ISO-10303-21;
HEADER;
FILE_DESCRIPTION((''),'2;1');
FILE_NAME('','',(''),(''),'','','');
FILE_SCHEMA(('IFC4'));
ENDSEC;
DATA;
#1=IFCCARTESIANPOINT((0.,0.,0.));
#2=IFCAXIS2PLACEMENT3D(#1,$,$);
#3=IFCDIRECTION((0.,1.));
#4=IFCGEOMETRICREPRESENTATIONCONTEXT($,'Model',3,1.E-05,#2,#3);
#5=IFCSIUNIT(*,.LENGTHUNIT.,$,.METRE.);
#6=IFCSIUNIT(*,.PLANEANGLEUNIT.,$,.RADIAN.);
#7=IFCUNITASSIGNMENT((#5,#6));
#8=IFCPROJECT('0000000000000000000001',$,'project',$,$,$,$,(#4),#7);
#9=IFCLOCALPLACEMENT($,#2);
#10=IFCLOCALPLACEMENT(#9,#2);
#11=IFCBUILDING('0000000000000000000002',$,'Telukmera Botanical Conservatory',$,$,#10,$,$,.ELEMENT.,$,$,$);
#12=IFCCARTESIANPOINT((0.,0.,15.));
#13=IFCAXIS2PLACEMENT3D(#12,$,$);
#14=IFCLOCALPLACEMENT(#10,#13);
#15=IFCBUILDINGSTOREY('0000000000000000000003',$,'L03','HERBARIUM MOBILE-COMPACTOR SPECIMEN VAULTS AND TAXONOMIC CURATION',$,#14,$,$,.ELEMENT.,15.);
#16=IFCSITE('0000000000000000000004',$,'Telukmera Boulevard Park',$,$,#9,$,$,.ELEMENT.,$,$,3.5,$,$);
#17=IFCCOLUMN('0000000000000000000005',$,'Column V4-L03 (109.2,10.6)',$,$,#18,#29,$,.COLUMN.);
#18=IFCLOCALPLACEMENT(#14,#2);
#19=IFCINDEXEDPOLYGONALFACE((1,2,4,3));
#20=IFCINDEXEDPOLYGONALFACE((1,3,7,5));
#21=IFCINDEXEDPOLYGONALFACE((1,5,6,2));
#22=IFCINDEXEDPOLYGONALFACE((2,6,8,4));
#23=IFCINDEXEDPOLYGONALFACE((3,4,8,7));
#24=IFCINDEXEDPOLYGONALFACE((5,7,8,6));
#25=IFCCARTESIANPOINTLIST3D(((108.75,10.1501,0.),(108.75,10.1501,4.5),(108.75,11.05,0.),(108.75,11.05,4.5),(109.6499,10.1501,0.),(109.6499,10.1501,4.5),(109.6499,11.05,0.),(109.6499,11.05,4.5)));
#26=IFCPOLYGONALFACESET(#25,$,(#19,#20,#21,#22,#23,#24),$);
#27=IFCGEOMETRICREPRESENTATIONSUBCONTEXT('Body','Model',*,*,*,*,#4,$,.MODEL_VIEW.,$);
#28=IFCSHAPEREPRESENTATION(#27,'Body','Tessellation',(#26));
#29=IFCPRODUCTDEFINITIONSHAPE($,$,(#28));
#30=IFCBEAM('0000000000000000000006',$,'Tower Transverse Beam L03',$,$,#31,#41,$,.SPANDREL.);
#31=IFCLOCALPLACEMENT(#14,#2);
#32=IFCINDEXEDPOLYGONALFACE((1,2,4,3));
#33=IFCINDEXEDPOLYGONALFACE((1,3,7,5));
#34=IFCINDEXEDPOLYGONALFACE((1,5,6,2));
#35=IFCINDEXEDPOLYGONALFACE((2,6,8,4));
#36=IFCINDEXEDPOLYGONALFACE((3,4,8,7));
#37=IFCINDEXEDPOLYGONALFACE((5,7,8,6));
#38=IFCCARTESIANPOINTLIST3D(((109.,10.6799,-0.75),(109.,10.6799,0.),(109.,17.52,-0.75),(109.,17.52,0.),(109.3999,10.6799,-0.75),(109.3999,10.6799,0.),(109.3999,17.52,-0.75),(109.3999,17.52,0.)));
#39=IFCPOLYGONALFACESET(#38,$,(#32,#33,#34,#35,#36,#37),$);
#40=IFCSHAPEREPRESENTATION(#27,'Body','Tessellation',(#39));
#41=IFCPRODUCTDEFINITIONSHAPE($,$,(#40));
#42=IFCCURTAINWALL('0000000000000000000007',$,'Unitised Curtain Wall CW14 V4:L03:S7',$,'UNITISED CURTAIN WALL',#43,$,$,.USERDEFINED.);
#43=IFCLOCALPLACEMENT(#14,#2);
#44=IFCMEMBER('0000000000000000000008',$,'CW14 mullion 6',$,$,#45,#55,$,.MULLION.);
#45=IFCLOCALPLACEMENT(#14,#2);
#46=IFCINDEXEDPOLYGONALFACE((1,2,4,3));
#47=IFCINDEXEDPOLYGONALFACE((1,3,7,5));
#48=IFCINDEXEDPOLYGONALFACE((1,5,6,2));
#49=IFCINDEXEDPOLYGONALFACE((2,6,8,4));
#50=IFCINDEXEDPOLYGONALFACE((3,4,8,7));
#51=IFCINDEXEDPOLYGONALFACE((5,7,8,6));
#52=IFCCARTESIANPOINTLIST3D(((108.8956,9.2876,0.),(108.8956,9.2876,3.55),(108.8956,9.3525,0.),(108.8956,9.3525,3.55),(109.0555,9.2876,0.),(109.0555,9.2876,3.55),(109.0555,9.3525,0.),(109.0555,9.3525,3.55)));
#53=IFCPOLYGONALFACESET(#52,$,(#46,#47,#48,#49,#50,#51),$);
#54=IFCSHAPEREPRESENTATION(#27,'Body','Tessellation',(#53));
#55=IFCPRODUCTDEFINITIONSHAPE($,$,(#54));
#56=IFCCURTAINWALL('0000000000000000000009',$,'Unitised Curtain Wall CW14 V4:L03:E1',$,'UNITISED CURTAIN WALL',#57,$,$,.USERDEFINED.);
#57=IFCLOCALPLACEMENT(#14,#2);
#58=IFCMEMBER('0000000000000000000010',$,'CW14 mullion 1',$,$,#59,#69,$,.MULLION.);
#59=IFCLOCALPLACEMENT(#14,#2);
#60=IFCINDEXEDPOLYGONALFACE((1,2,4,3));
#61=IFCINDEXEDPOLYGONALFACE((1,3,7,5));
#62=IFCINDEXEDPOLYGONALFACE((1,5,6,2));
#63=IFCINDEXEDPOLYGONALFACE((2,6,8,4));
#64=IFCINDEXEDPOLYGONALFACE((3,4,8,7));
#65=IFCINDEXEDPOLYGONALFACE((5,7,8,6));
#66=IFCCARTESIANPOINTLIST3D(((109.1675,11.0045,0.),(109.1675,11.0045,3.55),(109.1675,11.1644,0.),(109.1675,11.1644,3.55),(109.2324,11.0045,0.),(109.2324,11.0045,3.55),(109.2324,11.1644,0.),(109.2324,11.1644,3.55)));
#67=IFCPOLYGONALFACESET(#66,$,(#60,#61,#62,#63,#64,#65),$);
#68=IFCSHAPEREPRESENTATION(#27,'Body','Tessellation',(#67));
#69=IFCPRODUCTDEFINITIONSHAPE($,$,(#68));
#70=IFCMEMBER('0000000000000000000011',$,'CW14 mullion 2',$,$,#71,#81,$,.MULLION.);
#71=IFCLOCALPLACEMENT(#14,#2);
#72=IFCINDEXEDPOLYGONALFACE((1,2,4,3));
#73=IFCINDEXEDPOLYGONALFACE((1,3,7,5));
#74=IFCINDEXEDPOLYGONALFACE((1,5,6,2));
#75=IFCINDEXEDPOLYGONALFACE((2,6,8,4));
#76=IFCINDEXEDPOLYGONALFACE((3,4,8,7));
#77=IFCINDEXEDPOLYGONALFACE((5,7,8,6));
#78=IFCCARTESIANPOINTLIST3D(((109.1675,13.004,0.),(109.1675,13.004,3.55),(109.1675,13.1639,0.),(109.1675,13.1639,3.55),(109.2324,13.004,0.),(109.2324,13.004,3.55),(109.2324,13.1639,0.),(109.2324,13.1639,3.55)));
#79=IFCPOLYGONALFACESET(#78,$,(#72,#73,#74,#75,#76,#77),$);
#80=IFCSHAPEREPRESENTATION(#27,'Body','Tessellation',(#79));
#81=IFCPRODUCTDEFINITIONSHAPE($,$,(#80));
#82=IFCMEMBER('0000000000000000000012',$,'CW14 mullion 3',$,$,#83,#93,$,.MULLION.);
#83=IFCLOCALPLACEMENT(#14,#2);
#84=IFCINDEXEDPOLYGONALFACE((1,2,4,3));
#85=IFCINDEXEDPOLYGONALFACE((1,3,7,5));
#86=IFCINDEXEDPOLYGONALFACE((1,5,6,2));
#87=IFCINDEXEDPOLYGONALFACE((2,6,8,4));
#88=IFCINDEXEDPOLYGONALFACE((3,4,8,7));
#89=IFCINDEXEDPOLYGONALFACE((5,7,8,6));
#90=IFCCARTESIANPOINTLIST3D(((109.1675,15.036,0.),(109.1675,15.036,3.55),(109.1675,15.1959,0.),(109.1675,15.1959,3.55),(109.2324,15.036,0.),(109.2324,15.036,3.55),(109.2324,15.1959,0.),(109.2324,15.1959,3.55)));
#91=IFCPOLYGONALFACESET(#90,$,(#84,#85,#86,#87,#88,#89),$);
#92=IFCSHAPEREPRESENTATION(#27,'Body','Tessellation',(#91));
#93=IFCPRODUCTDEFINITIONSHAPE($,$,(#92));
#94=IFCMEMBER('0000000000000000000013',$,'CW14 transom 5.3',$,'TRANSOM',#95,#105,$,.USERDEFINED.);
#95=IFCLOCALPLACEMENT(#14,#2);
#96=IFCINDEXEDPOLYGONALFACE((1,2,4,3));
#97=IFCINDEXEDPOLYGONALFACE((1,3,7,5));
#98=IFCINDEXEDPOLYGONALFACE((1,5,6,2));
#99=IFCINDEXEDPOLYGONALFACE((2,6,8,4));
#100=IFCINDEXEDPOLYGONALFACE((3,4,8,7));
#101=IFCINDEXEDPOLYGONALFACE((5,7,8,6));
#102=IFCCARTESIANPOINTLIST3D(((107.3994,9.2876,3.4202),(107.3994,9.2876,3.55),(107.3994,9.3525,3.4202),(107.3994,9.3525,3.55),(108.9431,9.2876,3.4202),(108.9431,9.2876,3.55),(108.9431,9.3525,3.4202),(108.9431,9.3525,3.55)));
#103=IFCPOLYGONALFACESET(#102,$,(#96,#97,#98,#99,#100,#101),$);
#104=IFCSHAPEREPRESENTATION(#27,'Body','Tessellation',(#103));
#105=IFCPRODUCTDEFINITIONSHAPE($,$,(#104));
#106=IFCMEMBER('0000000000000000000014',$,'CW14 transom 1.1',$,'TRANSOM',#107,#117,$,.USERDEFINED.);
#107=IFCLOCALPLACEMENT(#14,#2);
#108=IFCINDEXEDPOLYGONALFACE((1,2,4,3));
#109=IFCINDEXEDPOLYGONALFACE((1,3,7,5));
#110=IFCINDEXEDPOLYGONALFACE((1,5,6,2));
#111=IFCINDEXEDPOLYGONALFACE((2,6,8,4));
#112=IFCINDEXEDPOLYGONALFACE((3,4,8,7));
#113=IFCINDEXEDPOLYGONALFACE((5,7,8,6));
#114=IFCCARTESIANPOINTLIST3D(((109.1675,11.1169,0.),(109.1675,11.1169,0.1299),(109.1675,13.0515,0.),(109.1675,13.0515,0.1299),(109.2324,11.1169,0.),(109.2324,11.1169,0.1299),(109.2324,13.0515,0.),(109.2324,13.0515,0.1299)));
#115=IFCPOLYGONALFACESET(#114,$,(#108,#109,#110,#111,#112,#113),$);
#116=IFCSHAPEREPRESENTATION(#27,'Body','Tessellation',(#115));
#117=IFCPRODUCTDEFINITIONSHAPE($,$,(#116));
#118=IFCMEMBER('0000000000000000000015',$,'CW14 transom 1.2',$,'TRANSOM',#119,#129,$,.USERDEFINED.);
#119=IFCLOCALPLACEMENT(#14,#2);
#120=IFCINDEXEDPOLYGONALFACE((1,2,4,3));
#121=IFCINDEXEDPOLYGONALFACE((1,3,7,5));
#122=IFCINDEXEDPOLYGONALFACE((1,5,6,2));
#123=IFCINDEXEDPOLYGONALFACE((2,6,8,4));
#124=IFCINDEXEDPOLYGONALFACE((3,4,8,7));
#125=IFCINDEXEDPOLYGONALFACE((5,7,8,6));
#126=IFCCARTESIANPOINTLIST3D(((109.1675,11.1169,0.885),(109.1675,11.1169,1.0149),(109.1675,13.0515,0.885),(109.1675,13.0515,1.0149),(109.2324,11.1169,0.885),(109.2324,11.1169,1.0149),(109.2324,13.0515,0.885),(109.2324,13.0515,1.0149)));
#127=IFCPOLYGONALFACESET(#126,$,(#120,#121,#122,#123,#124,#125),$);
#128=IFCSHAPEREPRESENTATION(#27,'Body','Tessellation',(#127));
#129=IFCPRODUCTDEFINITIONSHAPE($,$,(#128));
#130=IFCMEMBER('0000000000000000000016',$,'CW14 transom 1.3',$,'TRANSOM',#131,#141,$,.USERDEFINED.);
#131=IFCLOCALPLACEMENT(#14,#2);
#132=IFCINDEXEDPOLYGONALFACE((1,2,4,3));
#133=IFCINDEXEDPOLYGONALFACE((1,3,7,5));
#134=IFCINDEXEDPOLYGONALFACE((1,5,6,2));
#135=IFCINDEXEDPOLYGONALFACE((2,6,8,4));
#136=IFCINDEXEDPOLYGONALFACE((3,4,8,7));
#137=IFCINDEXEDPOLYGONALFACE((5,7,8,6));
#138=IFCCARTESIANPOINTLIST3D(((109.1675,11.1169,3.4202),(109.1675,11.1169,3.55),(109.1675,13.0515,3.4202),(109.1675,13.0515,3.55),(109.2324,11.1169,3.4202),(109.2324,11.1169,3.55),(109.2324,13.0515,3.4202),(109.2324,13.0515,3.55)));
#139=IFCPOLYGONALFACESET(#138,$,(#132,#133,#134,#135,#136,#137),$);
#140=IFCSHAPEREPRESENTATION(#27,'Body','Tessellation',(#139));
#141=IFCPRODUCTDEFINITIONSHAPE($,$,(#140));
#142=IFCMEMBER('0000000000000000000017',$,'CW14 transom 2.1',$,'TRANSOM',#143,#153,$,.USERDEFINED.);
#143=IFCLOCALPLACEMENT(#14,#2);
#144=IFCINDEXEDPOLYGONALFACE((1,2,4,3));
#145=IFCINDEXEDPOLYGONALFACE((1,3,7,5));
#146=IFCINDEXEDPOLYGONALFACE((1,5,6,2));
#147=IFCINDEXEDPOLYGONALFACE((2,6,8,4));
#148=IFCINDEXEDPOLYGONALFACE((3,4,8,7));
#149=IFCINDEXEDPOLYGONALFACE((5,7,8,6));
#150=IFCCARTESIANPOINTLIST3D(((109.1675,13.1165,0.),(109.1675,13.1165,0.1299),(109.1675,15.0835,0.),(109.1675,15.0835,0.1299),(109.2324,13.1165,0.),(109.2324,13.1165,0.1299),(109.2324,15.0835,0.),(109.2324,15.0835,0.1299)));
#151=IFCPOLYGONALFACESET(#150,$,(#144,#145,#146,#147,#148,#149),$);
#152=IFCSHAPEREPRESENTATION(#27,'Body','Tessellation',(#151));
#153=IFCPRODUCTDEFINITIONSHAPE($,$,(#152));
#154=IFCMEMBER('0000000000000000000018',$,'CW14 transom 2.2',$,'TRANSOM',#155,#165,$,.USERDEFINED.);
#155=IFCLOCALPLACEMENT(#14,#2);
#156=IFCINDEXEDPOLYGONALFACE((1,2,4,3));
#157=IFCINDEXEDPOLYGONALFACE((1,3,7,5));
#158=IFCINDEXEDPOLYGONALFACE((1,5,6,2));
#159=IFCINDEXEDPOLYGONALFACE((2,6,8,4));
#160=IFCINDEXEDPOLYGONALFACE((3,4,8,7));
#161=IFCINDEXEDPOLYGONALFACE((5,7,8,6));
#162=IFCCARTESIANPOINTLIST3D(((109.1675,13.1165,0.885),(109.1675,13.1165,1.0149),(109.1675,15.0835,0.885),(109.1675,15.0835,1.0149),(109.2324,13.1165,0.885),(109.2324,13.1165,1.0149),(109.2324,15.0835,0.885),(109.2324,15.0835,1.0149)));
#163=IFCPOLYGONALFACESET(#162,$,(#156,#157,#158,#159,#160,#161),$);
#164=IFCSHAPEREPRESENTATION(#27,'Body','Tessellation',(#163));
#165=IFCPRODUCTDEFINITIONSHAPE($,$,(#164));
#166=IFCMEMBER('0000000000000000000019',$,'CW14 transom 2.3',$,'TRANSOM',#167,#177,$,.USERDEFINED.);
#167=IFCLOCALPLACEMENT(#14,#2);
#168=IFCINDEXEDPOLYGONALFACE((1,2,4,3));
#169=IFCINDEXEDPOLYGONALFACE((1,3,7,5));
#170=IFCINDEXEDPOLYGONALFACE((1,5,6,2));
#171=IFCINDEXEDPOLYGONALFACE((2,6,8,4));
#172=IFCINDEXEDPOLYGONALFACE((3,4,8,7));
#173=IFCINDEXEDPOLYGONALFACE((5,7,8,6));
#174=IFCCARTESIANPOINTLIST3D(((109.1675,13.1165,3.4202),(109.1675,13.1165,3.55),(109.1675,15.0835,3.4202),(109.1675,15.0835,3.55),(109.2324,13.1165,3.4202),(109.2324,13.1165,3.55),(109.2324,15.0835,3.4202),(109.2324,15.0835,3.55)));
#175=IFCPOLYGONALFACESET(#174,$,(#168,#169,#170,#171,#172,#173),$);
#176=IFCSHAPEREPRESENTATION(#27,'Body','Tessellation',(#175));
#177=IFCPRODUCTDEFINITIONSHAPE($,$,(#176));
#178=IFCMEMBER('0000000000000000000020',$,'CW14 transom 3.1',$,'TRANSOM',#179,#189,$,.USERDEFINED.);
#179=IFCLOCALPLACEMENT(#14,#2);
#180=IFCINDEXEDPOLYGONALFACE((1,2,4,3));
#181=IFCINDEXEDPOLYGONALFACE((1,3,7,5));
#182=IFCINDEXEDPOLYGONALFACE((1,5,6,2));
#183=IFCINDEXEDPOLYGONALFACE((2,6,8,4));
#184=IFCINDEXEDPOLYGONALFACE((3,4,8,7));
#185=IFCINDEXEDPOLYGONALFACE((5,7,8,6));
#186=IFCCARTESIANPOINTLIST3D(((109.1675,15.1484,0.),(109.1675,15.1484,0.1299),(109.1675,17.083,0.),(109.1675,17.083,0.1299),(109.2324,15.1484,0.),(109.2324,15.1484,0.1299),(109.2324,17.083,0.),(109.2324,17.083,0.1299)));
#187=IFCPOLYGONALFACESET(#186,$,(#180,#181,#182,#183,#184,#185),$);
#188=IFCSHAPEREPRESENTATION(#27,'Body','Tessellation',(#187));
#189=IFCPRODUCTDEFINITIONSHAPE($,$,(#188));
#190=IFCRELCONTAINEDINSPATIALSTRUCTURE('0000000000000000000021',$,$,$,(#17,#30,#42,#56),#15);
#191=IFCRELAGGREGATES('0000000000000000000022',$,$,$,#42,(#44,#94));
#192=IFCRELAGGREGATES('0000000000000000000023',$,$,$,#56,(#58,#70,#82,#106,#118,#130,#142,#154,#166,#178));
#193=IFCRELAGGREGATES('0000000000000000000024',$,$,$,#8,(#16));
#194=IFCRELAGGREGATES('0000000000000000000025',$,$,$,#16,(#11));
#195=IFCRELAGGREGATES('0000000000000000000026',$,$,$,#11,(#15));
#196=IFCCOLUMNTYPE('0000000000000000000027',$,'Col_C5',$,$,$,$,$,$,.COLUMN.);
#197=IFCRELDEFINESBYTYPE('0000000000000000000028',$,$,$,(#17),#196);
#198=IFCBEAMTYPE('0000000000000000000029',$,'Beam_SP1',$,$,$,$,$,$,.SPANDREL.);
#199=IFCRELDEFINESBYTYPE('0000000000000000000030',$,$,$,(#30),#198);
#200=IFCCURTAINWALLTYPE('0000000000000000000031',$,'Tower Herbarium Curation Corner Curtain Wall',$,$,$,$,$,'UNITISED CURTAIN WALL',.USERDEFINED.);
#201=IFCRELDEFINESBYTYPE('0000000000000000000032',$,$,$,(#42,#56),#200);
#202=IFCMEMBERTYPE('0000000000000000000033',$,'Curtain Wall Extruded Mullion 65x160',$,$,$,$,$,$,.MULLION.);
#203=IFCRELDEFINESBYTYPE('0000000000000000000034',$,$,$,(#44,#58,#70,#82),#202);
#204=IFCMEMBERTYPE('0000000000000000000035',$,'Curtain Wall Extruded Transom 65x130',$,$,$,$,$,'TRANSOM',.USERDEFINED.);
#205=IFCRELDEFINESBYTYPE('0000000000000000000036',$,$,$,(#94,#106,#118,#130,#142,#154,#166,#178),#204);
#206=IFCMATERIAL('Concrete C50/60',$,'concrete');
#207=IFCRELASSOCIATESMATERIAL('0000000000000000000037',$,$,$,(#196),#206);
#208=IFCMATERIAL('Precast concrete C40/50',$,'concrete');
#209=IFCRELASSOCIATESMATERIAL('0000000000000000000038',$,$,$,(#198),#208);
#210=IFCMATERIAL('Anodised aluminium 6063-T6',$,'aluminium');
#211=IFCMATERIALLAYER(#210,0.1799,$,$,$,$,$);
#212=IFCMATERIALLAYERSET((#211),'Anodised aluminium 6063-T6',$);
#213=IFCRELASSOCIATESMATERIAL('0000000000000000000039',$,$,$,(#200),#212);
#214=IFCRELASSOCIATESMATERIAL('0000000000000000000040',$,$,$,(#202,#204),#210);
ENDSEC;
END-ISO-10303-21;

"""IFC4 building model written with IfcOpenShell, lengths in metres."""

from ifc_helpers import new_model, si_unit, direction, frame, origin, origin_2d, place, context, subcontext, project, spatial, rectangle, extrude, material, layer, layer_set, material_profile, profile_set, type_object, element, aggregate, save


model = new_model("IFC4")

# Units and contexts
model_context = context("Model", 3, precision=1e-05, world=origin(), true_north=direction((0.0, 1.0)))
body_context = subcontext(model_context, "Body", "Model", "MODEL_VIEW")
ifc_project = project(units=[si_unit("LENGTHUNIT", "METRE"), si_unit("PLANEANGLEUNIT", "RADIAN")], contexts=[model_context])

# Site, building, storey
site_placement = place(None, origin())
site = spatial("IfcSite", under=ifc_project, at=site_placement, Name="Telukmera Boulevard Park", CompositionType="ELEMENT", RefElevation=3.5)
building_placement = place(site_placement, origin())
building = spatial("IfcBuilding", under=site, at=building_placement, Name="Telukmera Botanical Conservatory", CompositionType="ELEMENT")
storey_placement = place(building_placement, frame((0.0, 0.0, 15.0)))
storey = spatial("IfcBuildingStorey", under=building, at=storey_placement, Name="L03", Description="HERBARIUM MOBILE-COMPACTOR SPECIMEN VAULTS AND TAXONOMIC CURATION", CompositionType="ELEMENT", Elevation=15.0)

# Column
ifc_material_1 = material(Name="Concrete C50/60", Category="concrete")
ifc_material_profile_1 = material_profile(ifc_material_1, rectangle(XDim=0.8999, YDim=0.8999, at=origin_2d()), Name="RC 900x900")
ifc_profile_set_1 = profile_set([ifc_material_profile_1], Name="Concrete C50/60")
column_type = type_object("IfcColumnType", Name="Col_C5", PredefinedType="COLUMN", material=ifc_profile_set_1)
column_placement = place(storey_placement, frame((109.2, 10.6001, 0.0), z_axis=(0.0, 0.0, 1.0), x_axis=(1.0, 0.0, 0.0)))
element("IfcColumn", 1, at=column_placement, inside=storey, type_object=column_type, Name="Column V4-L03 (109.2,10.6)", PredefinedType="COLUMN", context=body_context, shape_type="SweptSolid", body=[
    extrude(rectangle(XDim=0.8999, YDim=0.8999, at=origin_2d()), origin(), (0.0, 0.0, 1.0), 4.5),
])

# Beam
ifc_material_2 = material(Name="Precast concrete C40/50", Category="concrete")
ifc_material_profile_2 = material_profile(ifc_material_2, rectangle(XDim=0.3999, YDim=0.75, at=origin_2d()), Name="PC 400x750")
ifc_profile_set_2 = profile_set([ifc_material_profile_2], Name="Precast concrete C40/50")
beam_type = type_object("IfcBeamType", Name="Beam_SP1", PredefinedType="SPANDREL", material=ifc_profile_set_2)
beam_placement = place(storey_placement, frame((109.2, 10.6799, -0.375), z_axis=(0.0, 1.0, 0.0), x_axis=(-1.0, 0.0, 0.0)))
element("IfcBeam", 2, at=beam_placement, inside=storey, type_object=beam_type, Name="Tower Transverse Beam L03", PredefinedType="SPANDREL", context=body_context, shape_type="SweptSolid", body=[
    extrude(rectangle(XDim=0.3999, YDim=0.75, at=origin_2d()), origin(), (0.0, 0.0, 1.0), 6.8401),
])

# Curtain wall, member
ifc_material_3 = material(Name="Anodised aluminium 6063-T6", Category="aluminium")
ifc_layer_1 = layer(ifc_material_3, 0.1799)
ifc_layer_set_1 = layer_set([ifc_layer_1], Name="Anodised aluminium 6063-T6")
curtain_wall_type = type_object("IfcCurtainWallType", Name="Tower Herbarium Curation Corner Curtain Wall", ElementType="UNITISED CURTAIN WALL", PredefinedType="USERDEFINED", material=ifc_layer_set_1)
curtain_wall_1_placement = place(storey_placement, origin())
curtain_wall_1 = element("IfcCurtainWall", 3, at=curtain_wall_1_placement, inside=storey, type_object=curtain_wall_type, Name="Unitised Curtain Wall CW14 V4:L03:S7", ObjectType="UNITISED CURTAIN WALL", PredefinedType="USERDEFINED")
ifc_material_profile_3 = material_profile(ifc_material_3, rectangle(XDim=0.0649, YDim=0.1599, at=origin_2d()), Name="ALU MULL 65x160")
ifc_profile_set_3 = profile_set([ifc_material_profile_3], Name="Anodised aluminium 6063-T6")
member_type_1 = type_object("IfcMemberType", Name="Curtain Wall Extruded Mullion 65x160", PredefinedType="MULLION", material=ifc_profile_set_3)
member_1_placement = place(storey_placement, frame((108.9756, 9.3201, 0.0), z_axis=(0.0, 0.0, 1.0), x_axis=(0.0, 1.0, 0.0)))
member_1 = element("IfcMember", 4, at=member_1_placement, type_object=member_type_1, Name="CW14 mullion 6", PredefinedType="MULLION", context=body_context, shape_type="SweptSolid", body=[
    extrude(rectangle(XDim=0.0649, YDim=0.1599, at=origin_2d()), origin(), (0.0, 0.0, 1.0), 3.55),
])

# Curtain wall, members
curtain_wall_2_placement = place(storey_placement, origin())
curtain_wall_2 = element("IfcCurtainWall", 5, at=curtain_wall_2_placement, inside=storey, type_object=curtain_wall_type, Name="Unitised Curtain Wall CW14 V4:L03:E1", ObjectType="UNITISED CURTAIN WALL", PredefinedType="USERDEFINED")
member_2_placement = place(storey_placement, frame((109.2, 11.0845, 0.0), z_axis=(0.0, 0.0, 1.0), x_axis=(-1.0, 0.0, 0.0)))
member_2 = element("IfcMember", 6, at=member_2_placement, type_object=member_type_1, Name="CW14 mullion 1", PredefinedType="MULLION", context=body_context, shape_type="SweptSolid", body=[
    extrude(rectangle(XDim=0.0649, YDim=0.1599, at=origin_2d()), origin(), (0.0, 0.0, 1.0), 3.55),
])
member_3_placement = place(storey_placement, frame((109.2, 13.084, 0.0), z_axis=(0.0, 0.0, 1.0), x_axis=(-1.0, 0.0, 0.0)))
member_3 = element("IfcMember", 7, at=member_3_placement, type_object=member_type_1, Name="CW14 mullion 2", PredefinedType="MULLION", context=body_context, shape_type="SweptSolid", body=[
    extrude(rectangle(XDim=0.0649, YDim=0.1599, at=origin_2d()), origin(), (0.0, 0.0, 1.0), 3.55),
])
member_4_placement = place(storey_placement, frame((109.2, 15.116, 0.0), z_axis=(0.0, 0.0, 1.0), x_axis=(-1.0, 0.0, 0.0)))
member_4 = element("IfcMember", 8, at=member_4_placement, type_object=member_type_1, Name="CW14 mullion 3", PredefinedType="MULLION", context=body_context, shape_type="SweptSolid", body=[
    extrude(rectangle(XDim=0.0649, YDim=0.1599, at=origin_2d()), origin(), (0.0, 0.0, 1.0), 3.55),
])

# Members
ifc_material_profile_4 = material_profile(ifc_material_3, rectangle(XDim=0.0649, YDim=0.1299, at=origin_2d()), Name="ALU TRAN 65x130")
ifc_profile_set_4 = profile_set([ifc_material_profile_4], Name="Anodised aluminium 6063-T6")
member_type_2 = type_object("IfcMemberType", Name="Curtain Wall Extruded Transom 65x130", ElementType="TRANSOM", PredefinedType="USERDEFINED", material=ifc_profile_set_4)
member_5_placement = place(storey_placement, frame((107.3994, 9.3201, 3.4851), z_axis=(1.0, 0.0, 0.0), x_axis=(0.0, 1.0, 0.0)))
member_5 = element("IfcMember", 9, at=member_5_placement, type_object=member_type_2, Name="CW14 transom 5.3", ObjectType="TRANSOM", PredefinedType="USERDEFINED", context=body_context, shape_type="SweptSolid", body=[
    extrude(rectangle(XDim=0.0649, YDim=0.1299, at=origin_2d()), origin(), (0.0, 0.0, 1.0), 1.5437),
])
member_6_placement = place(storey_placement, frame((109.2, 11.1169, 0.0649), z_axis=(0.0, 1.0, 0.0), x_axis=(-1.0, 0.0, 0.0)))
member_6 = element("IfcMember", 10, at=member_6_placement, type_object=member_type_2, Name="CW14 transom 1.1", ObjectType="TRANSOM", PredefinedType="USERDEFINED", context=body_context, shape_type="SweptSolid", body=[
    extrude(rectangle(XDim=0.0649, YDim=0.1299, at=origin_2d()), origin(), (0.0, 0.0, 1.0), 1.9346),
])
member_7_placement = place(storey_placement, frame((109.2, 11.1169, 0.95), z_axis=(0.0, 1.0, 0.0), x_axis=(-1.0, 0.0, 0.0)))
member_7 = element("IfcMember", 11, at=member_7_placement, type_object=member_type_2, Name="CW14 transom 1.2", ObjectType="TRANSOM", PredefinedType="USERDEFINED", context=body_context, shape_type="SweptSolid", body=[
    extrude(rectangle(XDim=0.0649, YDim=0.1299, at=origin_2d()), origin(), (0.0, 0.0, 1.0), 1.9346),
])
member_8_placement = place(storey_placement, frame((109.2, 11.1169, 3.4851), z_axis=(0.0, 1.0, 0.0), x_axis=(-1.0, 0.0, 0.0)))
member_8 = element("IfcMember", 12, at=member_8_placement, type_object=member_type_2, Name="CW14 transom 1.3", ObjectType="TRANSOM", PredefinedType="USERDEFINED", context=body_context, shape_type="SweptSolid", body=[
    extrude(rectangle(XDim=0.0649, YDim=0.1299, at=origin_2d()), origin(), (0.0, 0.0, 1.0), 1.9346),
])
member_9_placement = place(storey_placement, frame((109.2, 13.1165, 0.0649), z_axis=(0.0, 1.0, 0.0), x_axis=(-1.0, 0.0, 0.0)))
member_9 = element("IfcMember", 13, at=member_9_placement, type_object=member_type_2, Name="CW14 transom 2.1", ObjectType="TRANSOM", PredefinedType="USERDEFINED", context=body_context, shape_type="SweptSolid", body=[
    extrude(rectangle(XDim=0.0649, YDim=0.1299, at=origin_2d()), origin(), (0.0, 0.0, 1.0), 1.967),
])
member_10_placement = place(storey_placement, frame((109.2, 13.1165, 0.95), z_axis=(0.0, 1.0, 0.0), x_axis=(-1.0, 0.0, 0.0)))
member_10 = element("IfcMember", 14, at=member_10_placement, type_object=member_type_2, Name="CW14 transom 2.2", ObjectType="TRANSOM", PredefinedType="USERDEFINED", context=body_context, shape_type="SweptSolid", body=[
    extrude(rectangle(XDim=0.0649, YDim=0.1299, at=origin_2d()), origin(), (0.0, 0.0, 1.0), 1.967),
])
member_11_placement = place(storey_placement, frame((109.2, 13.1165, 3.4851), z_axis=(0.0, 1.0, 0.0), x_axis=(-1.0, 0.0, 0.0)))
member_11 = element("IfcMember", 15, at=member_11_placement, type_object=member_type_2, Name="CW14 transom 2.3", ObjectType="TRANSOM", PredefinedType="USERDEFINED", context=body_context, shape_type="SweptSolid", body=[
    extrude(rectangle(XDim=0.0649, YDim=0.1299, at=origin_2d()), origin(), (0.0, 0.0, 1.0), 1.967),
])
member_12_placement = place(storey_placement, frame((109.2, 15.1484, 0.0649), z_axis=(0.0, 1.0, 0.0), x_axis=(-1.0, 0.0, 0.0)))
member_12 = element("IfcMember", 16, at=member_12_placement, type_object=member_type_2, Name="CW14 transom 3.1", ObjectType="TRANSOM", PredefinedType="USERDEFINED", context=body_context, shape_type="SweptSolid", body=[
    extrude(rectangle(XDim=0.0649, YDim=0.1299, at=origin_2d()), origin(), (0.0, 0.0, 1.0), 1.9346),
])

aggregate(curtain_wall_1, [member_1, member_5])
aggregate(curtain_wall_2, [member_2, member_3, member_4, member_6, member_7, member_8, member_9, member_10, member_11, member_12])

save(model, "model.ifc")
